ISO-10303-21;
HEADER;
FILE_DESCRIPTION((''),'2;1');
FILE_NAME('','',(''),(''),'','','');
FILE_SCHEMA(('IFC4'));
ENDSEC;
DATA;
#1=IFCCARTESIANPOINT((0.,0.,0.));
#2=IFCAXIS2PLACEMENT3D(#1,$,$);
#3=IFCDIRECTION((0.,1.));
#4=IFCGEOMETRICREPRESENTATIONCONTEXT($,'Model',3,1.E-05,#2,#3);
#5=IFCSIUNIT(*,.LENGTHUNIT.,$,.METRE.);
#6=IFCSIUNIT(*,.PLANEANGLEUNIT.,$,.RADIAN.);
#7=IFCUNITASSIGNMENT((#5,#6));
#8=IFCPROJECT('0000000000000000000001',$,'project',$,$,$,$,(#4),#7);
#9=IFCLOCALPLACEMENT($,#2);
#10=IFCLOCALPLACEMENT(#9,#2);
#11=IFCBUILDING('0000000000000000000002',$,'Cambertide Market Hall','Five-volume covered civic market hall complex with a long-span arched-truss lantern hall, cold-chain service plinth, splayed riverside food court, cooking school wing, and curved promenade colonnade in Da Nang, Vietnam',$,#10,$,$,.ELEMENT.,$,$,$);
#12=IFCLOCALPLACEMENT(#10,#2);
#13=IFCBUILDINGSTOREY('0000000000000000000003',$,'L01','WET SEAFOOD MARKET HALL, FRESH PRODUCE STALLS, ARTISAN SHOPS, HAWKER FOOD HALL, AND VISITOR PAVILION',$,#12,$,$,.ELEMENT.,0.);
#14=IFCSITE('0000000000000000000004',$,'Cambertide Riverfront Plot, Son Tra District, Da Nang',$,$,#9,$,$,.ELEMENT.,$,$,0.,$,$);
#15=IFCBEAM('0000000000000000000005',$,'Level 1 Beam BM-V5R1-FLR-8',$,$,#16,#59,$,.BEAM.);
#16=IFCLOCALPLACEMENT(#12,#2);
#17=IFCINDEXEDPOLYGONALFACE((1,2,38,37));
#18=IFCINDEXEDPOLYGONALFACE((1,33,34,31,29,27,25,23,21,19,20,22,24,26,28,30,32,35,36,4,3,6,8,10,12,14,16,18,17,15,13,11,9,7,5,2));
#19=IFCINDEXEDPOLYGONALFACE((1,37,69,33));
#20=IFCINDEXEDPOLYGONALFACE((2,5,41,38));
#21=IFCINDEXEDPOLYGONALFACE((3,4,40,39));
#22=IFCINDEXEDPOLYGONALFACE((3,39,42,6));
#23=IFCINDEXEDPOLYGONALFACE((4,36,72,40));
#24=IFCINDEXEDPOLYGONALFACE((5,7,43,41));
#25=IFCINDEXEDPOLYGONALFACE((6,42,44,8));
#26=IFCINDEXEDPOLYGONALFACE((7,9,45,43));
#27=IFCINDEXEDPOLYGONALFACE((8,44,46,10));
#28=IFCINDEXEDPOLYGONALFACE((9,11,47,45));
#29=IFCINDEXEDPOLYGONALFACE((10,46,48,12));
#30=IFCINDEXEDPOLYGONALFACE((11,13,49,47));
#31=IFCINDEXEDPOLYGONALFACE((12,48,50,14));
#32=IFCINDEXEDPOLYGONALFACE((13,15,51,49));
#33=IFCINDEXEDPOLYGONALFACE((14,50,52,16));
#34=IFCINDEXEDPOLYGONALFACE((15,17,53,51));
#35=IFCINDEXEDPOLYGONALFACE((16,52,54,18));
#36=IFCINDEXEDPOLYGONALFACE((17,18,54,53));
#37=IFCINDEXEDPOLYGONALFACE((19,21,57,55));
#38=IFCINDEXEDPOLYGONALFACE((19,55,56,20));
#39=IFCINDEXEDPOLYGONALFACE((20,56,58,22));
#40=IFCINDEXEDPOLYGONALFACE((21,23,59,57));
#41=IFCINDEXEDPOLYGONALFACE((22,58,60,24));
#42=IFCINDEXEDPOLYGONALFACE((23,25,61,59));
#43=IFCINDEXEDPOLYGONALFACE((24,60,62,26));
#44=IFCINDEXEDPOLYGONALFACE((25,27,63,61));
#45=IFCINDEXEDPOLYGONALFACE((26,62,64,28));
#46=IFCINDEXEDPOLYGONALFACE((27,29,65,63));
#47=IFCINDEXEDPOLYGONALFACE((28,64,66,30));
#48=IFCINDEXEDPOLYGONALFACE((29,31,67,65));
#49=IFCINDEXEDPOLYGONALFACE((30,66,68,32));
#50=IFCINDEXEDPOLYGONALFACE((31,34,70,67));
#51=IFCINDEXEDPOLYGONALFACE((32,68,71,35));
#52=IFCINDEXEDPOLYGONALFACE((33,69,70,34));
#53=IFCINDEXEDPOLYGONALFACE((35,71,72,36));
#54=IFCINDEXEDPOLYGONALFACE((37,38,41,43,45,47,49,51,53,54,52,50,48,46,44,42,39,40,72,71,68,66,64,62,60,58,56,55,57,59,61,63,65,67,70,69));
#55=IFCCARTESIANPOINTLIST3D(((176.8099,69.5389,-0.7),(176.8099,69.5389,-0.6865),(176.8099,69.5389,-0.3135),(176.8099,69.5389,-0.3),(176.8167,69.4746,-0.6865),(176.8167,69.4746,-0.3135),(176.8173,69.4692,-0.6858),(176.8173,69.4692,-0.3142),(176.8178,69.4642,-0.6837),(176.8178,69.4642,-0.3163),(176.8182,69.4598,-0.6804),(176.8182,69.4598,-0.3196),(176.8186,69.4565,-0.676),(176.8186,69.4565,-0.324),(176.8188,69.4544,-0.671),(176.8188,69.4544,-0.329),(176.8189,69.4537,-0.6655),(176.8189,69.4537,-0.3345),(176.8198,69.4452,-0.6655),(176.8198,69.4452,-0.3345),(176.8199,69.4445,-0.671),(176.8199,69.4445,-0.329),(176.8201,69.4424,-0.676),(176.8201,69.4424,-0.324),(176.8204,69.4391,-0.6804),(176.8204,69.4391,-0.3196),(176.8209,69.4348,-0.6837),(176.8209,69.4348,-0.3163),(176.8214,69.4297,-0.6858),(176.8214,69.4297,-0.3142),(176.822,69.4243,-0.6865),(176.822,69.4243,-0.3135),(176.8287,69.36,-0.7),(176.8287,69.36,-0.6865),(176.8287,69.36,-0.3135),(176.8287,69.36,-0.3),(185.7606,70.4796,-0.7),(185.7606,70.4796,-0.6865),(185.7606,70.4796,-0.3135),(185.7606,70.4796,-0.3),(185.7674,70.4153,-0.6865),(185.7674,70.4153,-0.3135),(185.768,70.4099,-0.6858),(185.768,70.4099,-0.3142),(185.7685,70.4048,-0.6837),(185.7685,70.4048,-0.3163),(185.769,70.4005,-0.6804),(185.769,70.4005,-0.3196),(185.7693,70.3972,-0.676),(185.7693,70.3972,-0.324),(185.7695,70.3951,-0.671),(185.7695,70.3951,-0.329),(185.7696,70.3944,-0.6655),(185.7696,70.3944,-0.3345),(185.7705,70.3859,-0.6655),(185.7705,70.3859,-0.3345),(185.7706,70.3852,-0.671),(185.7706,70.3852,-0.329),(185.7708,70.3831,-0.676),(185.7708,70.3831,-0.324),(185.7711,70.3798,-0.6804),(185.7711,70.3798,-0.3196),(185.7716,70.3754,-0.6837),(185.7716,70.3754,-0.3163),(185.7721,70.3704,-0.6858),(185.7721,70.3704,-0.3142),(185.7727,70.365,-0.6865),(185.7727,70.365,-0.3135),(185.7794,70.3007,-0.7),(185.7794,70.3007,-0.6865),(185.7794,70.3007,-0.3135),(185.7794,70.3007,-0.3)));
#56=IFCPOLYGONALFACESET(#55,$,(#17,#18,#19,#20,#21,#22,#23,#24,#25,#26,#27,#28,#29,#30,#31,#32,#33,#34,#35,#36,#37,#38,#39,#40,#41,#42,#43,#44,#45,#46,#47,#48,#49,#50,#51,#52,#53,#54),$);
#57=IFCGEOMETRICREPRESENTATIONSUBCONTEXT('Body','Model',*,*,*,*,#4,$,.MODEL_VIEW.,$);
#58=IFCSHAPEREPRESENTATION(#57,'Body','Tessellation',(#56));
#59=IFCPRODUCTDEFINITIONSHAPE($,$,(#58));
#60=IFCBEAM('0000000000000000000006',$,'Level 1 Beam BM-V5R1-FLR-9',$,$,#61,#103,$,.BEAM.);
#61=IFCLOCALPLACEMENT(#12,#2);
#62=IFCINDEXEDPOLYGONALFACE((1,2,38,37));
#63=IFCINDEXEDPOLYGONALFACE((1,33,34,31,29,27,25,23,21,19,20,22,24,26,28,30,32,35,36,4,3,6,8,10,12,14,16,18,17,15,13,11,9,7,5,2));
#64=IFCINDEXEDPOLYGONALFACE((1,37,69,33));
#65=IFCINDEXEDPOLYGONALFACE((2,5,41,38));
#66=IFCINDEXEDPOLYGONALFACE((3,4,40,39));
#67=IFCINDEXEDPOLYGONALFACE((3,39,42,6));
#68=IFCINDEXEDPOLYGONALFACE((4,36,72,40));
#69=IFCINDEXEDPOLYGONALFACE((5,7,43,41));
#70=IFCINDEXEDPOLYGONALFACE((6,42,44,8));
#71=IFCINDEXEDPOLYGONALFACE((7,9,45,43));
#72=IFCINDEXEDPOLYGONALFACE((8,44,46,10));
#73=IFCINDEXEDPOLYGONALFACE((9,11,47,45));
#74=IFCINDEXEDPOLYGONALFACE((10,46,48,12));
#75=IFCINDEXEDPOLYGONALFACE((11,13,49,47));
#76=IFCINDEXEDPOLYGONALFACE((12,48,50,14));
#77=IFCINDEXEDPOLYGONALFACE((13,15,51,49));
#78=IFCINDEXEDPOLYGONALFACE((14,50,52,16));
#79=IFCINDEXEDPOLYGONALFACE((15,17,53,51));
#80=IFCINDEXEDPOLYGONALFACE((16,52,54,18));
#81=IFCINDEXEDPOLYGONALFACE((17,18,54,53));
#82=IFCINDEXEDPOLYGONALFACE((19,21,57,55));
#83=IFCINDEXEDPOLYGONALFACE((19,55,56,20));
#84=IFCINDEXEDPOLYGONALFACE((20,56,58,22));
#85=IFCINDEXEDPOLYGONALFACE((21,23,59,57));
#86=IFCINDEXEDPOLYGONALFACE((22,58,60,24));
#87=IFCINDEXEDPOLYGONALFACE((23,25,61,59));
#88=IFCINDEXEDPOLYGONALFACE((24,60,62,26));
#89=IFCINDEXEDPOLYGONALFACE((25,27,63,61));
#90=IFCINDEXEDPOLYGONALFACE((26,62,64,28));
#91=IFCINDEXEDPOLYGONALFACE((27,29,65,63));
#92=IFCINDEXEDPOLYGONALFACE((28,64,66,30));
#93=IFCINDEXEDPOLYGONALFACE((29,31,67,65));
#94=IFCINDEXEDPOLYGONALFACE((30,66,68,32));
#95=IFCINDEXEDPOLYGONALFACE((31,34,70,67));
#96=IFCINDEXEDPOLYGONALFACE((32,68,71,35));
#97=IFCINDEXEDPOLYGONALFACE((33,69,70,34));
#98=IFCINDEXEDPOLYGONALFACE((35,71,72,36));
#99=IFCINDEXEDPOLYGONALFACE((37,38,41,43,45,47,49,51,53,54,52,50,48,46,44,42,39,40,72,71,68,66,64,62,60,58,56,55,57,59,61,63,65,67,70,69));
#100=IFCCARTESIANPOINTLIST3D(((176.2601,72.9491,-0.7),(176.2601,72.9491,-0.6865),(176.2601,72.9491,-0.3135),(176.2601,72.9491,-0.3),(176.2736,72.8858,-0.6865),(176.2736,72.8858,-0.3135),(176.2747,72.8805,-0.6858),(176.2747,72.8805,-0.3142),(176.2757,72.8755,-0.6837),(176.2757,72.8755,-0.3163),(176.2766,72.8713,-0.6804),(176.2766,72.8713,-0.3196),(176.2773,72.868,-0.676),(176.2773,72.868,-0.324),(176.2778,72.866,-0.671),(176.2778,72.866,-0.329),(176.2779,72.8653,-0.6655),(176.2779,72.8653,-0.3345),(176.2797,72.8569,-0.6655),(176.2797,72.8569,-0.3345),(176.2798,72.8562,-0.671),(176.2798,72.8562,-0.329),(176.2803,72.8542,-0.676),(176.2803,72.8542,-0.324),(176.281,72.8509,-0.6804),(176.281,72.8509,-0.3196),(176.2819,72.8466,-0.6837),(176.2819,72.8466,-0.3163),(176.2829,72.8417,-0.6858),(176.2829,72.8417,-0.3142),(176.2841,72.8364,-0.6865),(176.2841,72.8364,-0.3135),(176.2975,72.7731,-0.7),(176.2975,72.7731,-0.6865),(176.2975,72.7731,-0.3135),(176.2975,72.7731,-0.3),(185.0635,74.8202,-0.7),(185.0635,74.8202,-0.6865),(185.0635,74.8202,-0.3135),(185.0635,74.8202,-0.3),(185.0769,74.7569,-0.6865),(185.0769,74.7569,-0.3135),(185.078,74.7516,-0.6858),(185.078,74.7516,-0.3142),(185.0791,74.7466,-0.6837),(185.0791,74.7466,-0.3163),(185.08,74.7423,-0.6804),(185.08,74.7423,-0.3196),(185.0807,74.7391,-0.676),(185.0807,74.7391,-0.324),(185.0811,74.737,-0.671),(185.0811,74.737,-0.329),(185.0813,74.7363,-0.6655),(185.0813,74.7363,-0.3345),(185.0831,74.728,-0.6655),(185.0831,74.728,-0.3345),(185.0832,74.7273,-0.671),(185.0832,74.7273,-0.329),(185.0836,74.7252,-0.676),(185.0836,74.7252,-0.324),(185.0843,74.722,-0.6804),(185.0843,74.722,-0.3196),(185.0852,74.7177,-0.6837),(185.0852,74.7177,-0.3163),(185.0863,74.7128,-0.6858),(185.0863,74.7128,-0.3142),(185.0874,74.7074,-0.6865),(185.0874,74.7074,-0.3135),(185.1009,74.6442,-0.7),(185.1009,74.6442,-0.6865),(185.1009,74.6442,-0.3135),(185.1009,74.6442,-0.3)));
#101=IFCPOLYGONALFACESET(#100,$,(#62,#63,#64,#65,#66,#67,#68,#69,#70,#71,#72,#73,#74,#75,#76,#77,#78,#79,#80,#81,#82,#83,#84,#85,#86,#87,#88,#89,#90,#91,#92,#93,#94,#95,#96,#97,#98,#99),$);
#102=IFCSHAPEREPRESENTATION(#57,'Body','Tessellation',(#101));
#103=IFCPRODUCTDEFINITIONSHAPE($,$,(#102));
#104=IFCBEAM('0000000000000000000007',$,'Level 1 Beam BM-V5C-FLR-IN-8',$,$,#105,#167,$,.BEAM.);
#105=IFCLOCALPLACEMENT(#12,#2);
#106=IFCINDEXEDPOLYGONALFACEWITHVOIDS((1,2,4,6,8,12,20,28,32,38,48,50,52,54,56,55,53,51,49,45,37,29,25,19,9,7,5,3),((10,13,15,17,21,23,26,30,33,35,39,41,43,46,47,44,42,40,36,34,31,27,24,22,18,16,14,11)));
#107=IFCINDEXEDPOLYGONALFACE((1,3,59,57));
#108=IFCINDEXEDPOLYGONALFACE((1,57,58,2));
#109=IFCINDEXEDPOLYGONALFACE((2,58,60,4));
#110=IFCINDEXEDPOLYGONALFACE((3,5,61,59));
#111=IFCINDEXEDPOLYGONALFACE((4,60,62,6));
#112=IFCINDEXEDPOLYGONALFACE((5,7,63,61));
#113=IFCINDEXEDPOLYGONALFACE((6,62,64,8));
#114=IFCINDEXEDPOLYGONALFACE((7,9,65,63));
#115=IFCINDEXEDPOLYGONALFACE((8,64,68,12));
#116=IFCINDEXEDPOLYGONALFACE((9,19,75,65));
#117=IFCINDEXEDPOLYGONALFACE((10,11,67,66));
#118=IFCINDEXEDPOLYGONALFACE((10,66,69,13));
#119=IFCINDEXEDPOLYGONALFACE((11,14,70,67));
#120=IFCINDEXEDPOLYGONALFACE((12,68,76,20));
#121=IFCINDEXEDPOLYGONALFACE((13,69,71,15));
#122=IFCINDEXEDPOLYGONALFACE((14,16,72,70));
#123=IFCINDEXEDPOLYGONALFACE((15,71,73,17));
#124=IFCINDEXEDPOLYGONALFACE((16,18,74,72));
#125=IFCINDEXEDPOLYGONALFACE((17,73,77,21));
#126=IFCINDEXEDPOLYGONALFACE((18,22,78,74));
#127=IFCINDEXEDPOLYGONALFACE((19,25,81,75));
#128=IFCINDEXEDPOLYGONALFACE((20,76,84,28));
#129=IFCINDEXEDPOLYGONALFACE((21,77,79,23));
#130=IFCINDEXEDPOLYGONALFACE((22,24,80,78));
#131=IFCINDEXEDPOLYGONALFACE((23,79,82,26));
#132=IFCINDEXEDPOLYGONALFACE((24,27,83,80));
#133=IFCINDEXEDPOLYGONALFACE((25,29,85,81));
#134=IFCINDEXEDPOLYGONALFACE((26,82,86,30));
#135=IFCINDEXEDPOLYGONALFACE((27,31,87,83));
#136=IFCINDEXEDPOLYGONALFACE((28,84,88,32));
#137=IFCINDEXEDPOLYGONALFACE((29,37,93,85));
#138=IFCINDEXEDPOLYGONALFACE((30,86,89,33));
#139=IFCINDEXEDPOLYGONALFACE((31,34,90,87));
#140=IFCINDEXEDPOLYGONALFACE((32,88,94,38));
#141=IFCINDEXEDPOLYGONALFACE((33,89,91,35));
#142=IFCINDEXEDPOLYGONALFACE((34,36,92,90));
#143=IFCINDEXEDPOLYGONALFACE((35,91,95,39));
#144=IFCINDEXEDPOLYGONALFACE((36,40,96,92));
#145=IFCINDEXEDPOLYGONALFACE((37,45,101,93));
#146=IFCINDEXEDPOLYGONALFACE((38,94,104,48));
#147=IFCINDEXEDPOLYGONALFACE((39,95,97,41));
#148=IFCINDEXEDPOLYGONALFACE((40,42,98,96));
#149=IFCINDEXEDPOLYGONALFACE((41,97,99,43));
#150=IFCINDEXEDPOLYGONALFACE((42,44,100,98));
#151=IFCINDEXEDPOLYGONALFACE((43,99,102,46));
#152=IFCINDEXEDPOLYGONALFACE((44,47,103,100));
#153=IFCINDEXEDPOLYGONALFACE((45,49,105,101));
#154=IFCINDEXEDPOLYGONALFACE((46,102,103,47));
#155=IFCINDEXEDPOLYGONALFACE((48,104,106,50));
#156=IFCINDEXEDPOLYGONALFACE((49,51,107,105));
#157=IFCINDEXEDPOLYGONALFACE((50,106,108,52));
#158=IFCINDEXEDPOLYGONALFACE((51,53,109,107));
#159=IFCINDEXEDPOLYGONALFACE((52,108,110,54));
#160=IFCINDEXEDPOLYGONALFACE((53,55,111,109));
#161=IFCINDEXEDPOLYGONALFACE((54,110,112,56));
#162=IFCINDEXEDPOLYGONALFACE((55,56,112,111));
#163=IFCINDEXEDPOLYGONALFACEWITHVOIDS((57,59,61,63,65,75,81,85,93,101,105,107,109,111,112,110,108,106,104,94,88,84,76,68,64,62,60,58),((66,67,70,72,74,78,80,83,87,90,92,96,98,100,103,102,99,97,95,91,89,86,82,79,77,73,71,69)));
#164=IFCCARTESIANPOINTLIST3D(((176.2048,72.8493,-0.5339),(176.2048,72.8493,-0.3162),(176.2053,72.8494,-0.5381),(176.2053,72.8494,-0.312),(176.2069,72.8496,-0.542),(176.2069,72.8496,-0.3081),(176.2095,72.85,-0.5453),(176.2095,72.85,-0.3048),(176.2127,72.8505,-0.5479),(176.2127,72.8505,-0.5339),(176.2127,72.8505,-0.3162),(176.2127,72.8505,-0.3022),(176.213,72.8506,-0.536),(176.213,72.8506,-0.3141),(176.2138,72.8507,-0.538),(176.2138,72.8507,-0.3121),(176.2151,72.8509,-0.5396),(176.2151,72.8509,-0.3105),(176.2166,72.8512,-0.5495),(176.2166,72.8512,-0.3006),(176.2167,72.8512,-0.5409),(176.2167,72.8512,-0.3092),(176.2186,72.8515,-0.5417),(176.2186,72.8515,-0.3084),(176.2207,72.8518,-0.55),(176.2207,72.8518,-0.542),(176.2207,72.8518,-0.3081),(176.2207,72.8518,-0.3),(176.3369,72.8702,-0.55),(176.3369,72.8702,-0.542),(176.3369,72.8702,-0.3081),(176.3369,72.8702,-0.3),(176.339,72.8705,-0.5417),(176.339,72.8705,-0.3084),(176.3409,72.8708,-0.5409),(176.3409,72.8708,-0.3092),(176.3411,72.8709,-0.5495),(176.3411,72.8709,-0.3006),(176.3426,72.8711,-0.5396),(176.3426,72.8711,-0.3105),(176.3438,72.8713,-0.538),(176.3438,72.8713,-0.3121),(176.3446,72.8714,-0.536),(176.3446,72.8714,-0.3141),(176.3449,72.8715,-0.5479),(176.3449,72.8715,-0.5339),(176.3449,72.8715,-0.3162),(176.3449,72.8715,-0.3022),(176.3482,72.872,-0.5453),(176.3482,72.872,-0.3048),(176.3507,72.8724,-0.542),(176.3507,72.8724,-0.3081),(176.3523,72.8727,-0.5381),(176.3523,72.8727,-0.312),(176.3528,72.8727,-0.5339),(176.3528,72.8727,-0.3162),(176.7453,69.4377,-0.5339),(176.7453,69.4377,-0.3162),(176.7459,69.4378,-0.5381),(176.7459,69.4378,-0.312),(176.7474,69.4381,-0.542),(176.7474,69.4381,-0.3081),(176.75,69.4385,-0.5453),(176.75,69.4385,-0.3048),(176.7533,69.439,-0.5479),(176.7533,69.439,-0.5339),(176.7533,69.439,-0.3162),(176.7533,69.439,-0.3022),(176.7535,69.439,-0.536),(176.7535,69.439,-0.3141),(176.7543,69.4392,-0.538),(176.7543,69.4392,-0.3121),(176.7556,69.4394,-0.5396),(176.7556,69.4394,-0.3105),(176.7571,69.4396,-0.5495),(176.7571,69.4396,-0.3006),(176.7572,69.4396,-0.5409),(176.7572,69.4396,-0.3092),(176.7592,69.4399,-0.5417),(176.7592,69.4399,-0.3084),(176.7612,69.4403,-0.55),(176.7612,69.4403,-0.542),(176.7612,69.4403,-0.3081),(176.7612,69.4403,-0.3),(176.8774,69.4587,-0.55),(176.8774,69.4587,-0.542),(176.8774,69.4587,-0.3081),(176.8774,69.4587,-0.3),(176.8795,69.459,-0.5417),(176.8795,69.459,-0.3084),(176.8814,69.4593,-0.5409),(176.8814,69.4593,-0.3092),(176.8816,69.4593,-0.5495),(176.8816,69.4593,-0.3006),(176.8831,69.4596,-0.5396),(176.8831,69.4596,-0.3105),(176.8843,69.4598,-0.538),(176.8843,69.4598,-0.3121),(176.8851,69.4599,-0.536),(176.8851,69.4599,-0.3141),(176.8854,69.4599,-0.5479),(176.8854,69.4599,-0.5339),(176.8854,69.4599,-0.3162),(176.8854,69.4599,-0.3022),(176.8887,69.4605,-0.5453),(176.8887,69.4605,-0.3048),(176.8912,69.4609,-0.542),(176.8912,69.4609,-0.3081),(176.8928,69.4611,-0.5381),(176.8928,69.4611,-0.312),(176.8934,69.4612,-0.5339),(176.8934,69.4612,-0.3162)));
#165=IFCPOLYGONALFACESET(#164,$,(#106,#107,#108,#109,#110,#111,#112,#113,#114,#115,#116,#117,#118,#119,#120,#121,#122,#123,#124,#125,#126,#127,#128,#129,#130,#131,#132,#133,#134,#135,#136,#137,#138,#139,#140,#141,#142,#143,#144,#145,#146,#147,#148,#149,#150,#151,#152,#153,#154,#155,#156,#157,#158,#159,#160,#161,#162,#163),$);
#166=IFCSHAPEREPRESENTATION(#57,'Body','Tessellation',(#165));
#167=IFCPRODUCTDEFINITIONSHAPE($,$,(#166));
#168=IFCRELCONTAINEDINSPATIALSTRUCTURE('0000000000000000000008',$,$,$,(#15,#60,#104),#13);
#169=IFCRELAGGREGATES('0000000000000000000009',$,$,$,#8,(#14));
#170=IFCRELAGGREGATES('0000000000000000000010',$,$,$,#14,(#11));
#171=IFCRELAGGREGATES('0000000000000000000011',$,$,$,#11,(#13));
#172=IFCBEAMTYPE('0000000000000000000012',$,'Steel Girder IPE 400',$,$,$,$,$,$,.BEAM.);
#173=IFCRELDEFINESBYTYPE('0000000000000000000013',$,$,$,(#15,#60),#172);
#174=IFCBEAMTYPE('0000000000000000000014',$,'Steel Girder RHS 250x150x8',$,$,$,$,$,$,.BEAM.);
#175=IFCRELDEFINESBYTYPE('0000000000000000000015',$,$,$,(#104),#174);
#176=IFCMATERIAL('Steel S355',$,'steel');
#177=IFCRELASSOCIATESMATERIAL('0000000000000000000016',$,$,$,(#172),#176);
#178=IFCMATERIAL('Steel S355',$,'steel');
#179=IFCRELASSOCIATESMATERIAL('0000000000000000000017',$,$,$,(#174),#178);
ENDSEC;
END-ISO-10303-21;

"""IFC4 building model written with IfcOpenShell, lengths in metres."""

from ifc_helpers import new_model, si_unit, direction, frame, origin, origin_2d, place, context, subcontext, project, spatial, hollow_rectangle, i_section, extrude, material, material_profile, profile_set, type_object, element, save


model = new_model("IFC4")

# Units and contexts
model_context = context("Model", 3, precision=1e-05, world=origin(), true_north=direction((0.0, 1.0)))
body_context = subcontext(model_context, "Body", "Model", "MODEL_VIEW")
ifc_project = project(units=[si_unit("LENGTHUNIT", "METRE"), si_unit("PLANEANGLEUNIT", "RADIAN")], contexts=[model_context])

# Site, building, storey
site_placement = place(None, origin())
site = spatial("IfcSite", under=ifc_project, at=site_placement, Name="Cambertide Riverfront Plot, Son Tra District, Da Nang", CompositionType="ELEMENT", RefElevation=0.0)
building_placement = place(site_placement, origin())
building = spatial("IfcBuilding", under=site, at=building_placement, Name="Cambertide Market Hall", Description="Five-volume covered civic market hall complex with a long-span arched-truss lantern hall, cold-chain service plinth, splayed riverside food court, cooking school wing, and curved promenade colonnade in Da Nang, Vietnam", CompositionType="ELEMENT")
storey_placement = place(building_placement, origin())
storey = spatial("IfcBuildingStorey", under=building, at=storey_placement, Name="L01", Description="WET SEAFOOD MARKET HALL, FRESH PRODUCE STALLS, ARTISAN SHOPS, HAWKER FOOD HALL, AND VISITOR PAVILION", CompositionType="ELEMENT", Elevation=0.0)

# Beams
ifc_material_1 = material(Name="Steel S355", Category="steel")
ifc_material_profile_1 = material_profile(ifc_material_1, i_section(OverallWidth=0.1799, OverallDepth=0.3999, WebThickness=0.0085, FlangeThickness=0.0134, FilletRadius=0.021, at=origin_2d()), Name="IPE 400")
ifc_profile_set_1 = profile_set([ifc_material_profile_1], Name="Steel S355")
beam_type_1 = type_object("IfcBeamType", Name="Steel Girder IPE 400", PredefinedType="BEAM", material=ifc_profile_set_1)
for number, where, z_axis, x_axis, name in (
    (1, (176.8193, 69.4495, -0.5), (0.994523, 0.10452, 0.0), (-0.10452, 0.994523, 0.0), "Level 1 Beam BM-V5R1-FLR-8"),
    (2, (176.2788, 72.8611, -0.5), (0.978151, 0.207897, 0.0), (-0.207897, 0.978151, 0.0), "Level 1 Beam BM-V5R1-FLR-9"),
):
    element("IfcBeam", number, at=place(storey_placement, frame(where, z_axis=z_axis, x_axis=x_axis)), inside=storey, type_object=beam_type_1, Name=name, PredefinedType="BEAM", context=body_context, shape_type="SweptSolid", body=[
        extrude(i_section(OverallWidth=0.1799, OverallDepth=0.3999, WebThickness=0.0085, FlangeThickness=0.0134, FilletRadius=0.021, at=origin_2d()), origin(), (0.0, 0.0, 1.0), 9.0),
    ])
ifc_material_2 = material(Name="Steel S355", Category="steel")
ifc_material_profile_2 = material_profile(ifc_material_2, hollow_rectangle(XDim=0.1499, YDim=0.25, WallThickness=0.0081, InnerFilletRadius=0.0081, OuterFilletRadius=0.0161, at=origin_2d()), Name="RHS 250x150x8")
ifc_profile_set_2 = profile_set([ifc_material_profile_2], Name="Steel S355")
beam_type_2 = type_object("IfcBeamType", Name="Steel Girder RHS 250x150x8", PredefinedType="BEAM", material=ifc_profile_set_2)
for number, where, z_axis, x_axis, name in (
    (3, (176.8193, 69.4495, -0.425), (-0.156485, 0.98768, 0.0), (-0.98768, -0.156485, 0.0), "Level 1 Beam BM-V5C-FLR-IN-8"),
):
    element("IfcBeam", number, at=place(storey_placement, frame(where, z_axis=z_axis, x_axis=x_axis)), inside=storey, type_object=beam_type_2, Name=name, PredefinedType="BEAM", context=body_context, shape_type="SweptSolid", body=[
        extrude(hollow_rectangle(XDim=0.1499, YDim=0.25, WallThickness=0.0081, InnerFilletRadius=0.0081, OuterFilletRadius=0.0161, at=origin_2d()), origin(), (0.0, 0.0, 1.0), 3.4541),
    ])

save(model, "model.ifc")
